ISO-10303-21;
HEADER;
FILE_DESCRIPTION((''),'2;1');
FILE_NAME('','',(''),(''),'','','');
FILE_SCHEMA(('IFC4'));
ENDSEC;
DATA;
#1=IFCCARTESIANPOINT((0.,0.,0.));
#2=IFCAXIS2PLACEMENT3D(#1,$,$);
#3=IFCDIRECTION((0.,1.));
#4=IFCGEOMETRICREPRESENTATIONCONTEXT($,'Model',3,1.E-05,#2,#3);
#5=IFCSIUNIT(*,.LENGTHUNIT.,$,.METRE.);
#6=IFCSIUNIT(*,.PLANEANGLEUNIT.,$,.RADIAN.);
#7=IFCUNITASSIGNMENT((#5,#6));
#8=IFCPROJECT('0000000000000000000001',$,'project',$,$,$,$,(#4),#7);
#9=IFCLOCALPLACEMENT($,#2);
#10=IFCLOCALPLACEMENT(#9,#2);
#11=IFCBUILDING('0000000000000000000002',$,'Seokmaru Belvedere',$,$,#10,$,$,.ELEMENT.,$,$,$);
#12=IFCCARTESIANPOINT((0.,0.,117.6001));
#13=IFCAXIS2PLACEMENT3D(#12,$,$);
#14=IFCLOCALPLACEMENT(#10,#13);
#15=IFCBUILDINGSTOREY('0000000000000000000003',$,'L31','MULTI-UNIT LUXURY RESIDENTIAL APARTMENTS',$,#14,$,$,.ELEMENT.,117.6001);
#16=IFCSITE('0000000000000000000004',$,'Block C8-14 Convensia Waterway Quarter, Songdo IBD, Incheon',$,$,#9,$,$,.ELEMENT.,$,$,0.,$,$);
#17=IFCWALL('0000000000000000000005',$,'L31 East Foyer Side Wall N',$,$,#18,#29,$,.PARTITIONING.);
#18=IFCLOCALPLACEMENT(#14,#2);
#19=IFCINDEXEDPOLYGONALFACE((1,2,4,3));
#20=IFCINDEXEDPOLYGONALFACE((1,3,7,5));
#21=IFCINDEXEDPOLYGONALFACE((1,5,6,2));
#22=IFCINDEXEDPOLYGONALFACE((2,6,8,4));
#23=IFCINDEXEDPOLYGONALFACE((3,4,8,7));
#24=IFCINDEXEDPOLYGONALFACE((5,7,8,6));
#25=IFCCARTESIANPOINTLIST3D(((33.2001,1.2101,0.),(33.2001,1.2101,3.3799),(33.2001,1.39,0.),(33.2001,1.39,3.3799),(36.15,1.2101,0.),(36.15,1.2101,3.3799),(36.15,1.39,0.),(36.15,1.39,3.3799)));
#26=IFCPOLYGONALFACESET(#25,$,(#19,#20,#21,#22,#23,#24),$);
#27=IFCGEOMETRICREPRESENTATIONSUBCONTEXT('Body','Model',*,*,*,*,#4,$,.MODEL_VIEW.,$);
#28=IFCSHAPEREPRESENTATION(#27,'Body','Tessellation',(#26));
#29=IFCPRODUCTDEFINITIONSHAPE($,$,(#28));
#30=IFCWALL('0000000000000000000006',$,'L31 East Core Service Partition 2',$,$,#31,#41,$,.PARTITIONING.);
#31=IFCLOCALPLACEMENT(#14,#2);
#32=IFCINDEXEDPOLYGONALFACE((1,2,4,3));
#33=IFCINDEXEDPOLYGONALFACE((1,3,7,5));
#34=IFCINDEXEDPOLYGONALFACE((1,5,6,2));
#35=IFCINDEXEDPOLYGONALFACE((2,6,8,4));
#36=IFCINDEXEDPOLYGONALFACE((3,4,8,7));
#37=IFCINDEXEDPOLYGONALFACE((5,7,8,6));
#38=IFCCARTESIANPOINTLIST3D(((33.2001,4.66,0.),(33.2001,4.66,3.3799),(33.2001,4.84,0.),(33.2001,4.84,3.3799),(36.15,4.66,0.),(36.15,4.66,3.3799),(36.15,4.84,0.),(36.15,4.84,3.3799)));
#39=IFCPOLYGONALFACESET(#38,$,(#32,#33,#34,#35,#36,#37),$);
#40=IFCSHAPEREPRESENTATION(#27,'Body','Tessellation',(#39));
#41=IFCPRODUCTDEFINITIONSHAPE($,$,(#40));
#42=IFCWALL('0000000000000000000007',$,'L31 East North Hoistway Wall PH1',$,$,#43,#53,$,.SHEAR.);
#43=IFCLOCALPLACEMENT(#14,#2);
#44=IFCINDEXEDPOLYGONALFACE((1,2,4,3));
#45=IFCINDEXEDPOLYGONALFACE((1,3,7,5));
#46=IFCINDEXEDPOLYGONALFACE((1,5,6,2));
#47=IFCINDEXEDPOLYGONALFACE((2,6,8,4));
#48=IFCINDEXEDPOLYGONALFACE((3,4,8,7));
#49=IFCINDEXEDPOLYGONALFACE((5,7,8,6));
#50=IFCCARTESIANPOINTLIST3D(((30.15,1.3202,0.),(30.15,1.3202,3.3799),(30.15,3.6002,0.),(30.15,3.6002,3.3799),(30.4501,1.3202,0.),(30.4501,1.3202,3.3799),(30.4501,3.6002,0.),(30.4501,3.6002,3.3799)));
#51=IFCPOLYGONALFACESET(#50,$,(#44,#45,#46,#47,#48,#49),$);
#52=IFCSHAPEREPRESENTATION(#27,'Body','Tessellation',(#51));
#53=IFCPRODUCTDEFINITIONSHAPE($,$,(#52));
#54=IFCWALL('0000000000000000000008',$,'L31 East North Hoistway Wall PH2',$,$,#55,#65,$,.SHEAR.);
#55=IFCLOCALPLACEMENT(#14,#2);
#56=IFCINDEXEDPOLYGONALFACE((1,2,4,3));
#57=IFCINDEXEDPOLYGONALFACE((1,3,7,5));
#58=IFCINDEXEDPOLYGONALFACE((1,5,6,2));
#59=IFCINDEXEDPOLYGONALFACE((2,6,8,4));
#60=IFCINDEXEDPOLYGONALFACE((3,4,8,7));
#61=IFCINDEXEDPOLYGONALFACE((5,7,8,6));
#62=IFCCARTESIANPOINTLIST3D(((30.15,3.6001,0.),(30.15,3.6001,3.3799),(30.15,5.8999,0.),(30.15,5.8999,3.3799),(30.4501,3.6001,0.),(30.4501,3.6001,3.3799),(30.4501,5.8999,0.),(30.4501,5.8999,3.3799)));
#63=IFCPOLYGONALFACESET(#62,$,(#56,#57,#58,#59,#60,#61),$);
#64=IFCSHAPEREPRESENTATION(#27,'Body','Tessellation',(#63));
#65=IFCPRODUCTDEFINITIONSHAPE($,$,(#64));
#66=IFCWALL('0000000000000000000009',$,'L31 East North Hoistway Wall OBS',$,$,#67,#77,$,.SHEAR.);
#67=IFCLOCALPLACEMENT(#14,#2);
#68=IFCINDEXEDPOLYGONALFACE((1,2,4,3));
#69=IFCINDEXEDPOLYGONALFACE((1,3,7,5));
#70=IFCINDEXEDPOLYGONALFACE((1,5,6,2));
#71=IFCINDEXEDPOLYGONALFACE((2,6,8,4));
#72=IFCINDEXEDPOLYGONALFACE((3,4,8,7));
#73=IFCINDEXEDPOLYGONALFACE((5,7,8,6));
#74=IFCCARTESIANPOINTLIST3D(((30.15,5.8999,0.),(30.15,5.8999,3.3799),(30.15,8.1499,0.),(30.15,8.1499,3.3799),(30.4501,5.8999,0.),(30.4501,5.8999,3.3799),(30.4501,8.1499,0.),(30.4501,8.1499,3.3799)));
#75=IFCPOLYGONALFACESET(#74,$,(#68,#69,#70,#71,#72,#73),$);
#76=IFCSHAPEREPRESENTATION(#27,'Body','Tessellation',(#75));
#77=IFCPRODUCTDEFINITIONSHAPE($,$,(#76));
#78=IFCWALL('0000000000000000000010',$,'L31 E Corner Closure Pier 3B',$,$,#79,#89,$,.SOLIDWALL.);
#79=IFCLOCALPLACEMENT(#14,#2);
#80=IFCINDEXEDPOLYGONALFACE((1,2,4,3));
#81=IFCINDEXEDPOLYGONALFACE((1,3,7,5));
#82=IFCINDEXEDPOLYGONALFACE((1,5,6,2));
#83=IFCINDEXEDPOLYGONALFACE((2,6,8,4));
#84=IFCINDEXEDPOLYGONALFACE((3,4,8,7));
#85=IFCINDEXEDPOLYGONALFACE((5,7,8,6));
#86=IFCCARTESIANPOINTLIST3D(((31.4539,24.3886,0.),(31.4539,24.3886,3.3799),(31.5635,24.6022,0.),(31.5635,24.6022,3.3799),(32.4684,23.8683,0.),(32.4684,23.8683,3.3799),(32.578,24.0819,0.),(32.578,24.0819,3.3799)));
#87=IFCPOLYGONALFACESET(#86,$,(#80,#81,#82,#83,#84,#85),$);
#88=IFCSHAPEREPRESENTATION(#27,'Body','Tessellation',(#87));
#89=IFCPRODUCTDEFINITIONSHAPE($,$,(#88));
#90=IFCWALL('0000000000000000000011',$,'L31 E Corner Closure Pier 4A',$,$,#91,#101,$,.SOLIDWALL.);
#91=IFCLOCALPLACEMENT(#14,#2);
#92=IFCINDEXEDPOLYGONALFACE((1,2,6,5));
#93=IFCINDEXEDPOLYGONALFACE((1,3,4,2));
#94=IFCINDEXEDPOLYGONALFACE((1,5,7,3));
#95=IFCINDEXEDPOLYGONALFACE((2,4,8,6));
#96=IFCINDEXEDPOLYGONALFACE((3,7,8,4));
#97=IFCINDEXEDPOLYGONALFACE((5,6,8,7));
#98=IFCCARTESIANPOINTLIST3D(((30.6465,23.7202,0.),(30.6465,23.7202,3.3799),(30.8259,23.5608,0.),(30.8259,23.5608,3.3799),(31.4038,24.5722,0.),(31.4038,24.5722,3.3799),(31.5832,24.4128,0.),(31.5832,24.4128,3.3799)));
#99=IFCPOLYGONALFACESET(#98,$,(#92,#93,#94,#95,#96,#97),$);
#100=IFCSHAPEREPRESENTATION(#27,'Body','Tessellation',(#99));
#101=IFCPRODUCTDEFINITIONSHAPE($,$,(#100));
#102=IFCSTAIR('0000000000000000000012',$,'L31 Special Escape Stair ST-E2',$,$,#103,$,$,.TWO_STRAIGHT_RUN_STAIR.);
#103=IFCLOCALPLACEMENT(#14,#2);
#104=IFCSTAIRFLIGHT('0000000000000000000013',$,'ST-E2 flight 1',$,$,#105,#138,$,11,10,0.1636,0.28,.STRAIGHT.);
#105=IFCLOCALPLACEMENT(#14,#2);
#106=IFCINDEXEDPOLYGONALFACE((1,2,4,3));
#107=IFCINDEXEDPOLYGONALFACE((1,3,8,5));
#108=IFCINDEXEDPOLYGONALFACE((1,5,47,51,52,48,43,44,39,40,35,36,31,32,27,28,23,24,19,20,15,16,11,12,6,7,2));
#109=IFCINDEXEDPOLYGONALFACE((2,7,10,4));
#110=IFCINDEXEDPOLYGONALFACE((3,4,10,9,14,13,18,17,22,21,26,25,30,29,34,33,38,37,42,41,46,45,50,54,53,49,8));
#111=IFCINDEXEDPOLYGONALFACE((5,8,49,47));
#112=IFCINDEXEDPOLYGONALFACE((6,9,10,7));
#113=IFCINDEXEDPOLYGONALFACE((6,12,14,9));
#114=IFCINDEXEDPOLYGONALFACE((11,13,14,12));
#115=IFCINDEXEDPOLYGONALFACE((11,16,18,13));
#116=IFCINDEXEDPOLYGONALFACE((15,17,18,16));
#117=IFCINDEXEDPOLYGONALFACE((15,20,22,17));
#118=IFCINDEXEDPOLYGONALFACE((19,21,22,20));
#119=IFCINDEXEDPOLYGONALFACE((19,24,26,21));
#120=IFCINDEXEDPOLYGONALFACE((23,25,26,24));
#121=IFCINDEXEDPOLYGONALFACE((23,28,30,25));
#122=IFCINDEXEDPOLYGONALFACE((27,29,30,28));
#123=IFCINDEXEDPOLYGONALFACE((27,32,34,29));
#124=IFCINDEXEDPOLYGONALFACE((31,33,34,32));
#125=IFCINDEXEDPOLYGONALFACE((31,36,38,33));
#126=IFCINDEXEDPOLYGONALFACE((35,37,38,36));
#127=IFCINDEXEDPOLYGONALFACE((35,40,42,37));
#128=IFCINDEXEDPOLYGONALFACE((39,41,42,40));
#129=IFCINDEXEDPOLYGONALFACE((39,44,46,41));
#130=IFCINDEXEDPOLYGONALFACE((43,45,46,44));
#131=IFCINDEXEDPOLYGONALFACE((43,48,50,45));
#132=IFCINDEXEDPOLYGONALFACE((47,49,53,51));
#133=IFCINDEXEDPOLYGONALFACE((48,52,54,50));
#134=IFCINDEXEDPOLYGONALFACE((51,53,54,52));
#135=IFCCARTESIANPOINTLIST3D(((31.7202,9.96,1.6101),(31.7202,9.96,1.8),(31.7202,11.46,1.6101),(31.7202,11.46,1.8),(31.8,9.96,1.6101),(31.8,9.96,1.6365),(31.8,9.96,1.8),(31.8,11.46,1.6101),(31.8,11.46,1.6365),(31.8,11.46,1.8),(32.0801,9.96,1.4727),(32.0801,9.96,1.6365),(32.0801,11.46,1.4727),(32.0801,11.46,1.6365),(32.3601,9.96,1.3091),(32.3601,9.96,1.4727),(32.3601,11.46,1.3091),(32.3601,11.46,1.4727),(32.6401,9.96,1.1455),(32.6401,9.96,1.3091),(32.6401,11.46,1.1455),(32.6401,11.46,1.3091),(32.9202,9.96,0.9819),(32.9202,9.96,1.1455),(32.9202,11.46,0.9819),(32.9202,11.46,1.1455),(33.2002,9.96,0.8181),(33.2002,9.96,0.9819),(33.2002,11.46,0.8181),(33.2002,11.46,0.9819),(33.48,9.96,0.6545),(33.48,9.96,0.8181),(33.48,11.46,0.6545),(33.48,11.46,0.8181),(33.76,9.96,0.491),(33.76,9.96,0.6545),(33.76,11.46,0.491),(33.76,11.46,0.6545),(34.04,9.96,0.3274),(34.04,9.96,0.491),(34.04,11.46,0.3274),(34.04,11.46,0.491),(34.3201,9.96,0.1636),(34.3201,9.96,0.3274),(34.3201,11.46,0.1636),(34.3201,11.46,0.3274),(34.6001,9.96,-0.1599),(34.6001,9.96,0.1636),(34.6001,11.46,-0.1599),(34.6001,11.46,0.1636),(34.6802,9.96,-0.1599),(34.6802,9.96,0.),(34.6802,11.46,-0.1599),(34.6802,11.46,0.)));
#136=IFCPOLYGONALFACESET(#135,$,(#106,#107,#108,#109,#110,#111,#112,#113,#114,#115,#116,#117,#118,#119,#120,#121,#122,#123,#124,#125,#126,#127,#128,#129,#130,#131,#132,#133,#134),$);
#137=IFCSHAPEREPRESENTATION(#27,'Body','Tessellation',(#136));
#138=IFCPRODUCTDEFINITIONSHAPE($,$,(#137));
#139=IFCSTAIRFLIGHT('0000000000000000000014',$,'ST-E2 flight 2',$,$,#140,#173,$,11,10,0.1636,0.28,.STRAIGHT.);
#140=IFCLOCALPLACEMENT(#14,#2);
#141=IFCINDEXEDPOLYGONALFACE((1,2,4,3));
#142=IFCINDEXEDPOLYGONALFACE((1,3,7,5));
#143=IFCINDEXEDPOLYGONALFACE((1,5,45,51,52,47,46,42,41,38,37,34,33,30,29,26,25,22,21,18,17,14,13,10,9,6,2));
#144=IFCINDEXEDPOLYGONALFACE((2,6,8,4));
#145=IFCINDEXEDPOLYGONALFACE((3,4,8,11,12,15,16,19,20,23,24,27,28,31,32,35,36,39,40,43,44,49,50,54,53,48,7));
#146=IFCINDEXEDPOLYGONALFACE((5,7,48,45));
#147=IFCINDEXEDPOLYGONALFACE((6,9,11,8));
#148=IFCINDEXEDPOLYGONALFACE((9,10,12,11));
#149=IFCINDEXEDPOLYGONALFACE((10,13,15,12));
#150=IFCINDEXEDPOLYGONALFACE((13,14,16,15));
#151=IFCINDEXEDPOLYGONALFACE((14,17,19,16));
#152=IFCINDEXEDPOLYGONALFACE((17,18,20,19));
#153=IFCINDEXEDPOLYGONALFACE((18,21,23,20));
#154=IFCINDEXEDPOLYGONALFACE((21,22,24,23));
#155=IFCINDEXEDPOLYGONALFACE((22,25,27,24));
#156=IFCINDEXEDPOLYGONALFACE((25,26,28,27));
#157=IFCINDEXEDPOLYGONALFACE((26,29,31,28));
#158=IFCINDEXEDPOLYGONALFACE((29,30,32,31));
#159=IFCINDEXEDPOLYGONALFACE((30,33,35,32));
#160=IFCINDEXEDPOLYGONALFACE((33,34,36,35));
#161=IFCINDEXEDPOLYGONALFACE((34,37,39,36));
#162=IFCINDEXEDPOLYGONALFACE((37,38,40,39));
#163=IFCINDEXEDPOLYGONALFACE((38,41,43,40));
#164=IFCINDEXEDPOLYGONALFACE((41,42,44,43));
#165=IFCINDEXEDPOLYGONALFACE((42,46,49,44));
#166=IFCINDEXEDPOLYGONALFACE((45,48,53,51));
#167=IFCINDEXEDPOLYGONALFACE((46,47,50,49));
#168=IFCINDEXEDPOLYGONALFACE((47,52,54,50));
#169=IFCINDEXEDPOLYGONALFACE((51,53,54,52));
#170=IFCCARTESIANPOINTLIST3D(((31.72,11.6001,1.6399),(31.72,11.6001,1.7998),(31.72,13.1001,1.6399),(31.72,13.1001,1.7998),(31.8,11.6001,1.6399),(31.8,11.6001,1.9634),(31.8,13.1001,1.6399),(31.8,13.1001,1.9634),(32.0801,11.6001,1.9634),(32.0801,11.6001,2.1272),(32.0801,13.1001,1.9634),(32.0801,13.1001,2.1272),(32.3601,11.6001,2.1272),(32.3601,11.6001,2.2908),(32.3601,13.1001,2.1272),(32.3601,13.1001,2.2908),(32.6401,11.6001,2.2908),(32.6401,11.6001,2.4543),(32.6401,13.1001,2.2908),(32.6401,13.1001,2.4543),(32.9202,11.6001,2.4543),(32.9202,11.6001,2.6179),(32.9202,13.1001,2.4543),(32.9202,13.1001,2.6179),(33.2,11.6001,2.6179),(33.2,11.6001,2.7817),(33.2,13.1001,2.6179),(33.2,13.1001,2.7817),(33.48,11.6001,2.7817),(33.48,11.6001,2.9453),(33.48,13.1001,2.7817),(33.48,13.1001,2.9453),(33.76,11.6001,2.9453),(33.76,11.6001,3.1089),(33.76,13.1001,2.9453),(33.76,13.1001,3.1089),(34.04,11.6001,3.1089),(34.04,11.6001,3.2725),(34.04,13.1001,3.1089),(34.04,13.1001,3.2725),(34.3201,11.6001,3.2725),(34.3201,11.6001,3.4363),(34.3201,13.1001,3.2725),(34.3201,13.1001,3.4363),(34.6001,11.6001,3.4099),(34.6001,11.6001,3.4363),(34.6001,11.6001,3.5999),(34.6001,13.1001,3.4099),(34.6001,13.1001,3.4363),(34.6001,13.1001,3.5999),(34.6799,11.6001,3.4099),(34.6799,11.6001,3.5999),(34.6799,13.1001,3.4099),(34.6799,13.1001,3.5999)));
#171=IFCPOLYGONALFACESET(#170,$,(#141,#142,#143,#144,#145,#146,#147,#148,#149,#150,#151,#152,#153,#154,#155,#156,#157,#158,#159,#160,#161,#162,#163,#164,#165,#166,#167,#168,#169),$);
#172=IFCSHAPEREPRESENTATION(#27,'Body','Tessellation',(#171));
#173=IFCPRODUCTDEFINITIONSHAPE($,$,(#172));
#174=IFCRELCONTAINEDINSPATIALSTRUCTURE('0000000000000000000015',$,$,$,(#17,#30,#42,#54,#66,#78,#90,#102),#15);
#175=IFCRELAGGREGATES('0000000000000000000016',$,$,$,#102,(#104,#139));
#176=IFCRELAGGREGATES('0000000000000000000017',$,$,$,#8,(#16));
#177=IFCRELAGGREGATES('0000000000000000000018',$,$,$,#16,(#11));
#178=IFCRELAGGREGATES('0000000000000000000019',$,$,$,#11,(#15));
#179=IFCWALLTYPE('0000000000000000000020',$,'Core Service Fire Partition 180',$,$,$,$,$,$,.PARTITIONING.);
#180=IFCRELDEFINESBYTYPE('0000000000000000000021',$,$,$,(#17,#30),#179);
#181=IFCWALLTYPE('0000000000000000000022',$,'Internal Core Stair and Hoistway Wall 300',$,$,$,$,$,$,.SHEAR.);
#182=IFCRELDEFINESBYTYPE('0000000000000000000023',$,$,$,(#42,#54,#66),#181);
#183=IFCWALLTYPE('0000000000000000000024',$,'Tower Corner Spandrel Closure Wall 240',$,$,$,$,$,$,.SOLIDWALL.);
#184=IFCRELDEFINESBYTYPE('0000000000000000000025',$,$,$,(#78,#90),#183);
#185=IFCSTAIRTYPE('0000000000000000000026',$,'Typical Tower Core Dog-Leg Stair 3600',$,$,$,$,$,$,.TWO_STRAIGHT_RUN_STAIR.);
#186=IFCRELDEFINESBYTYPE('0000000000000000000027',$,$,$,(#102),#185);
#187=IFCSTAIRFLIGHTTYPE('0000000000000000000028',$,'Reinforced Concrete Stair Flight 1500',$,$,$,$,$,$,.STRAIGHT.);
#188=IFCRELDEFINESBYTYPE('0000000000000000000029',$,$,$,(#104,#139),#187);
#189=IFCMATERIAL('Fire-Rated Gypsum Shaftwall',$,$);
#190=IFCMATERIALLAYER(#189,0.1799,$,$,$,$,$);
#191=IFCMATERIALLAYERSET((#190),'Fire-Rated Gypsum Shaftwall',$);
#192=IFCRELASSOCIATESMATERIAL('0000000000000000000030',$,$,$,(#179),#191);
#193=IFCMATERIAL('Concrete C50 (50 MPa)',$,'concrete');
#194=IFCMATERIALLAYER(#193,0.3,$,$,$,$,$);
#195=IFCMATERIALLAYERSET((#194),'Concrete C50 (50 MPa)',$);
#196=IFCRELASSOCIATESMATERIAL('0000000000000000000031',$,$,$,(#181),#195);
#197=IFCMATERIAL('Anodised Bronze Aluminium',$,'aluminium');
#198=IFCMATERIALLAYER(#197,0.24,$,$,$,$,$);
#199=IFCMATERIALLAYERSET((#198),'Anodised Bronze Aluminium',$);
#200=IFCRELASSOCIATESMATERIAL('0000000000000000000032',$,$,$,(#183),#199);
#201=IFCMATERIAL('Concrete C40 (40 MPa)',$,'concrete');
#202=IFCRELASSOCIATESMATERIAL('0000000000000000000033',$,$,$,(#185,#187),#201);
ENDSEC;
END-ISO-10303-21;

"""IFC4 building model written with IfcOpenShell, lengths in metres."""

from ifc_helpers import new_model, si_unit, direction, frame, frame_2d, origin, place, context, subcontext, project, spatial, polyline, rectangle, outline, extrude, material, layer, layer_set, type_object, element, aggregate, save


model = new_model("IFC4")

# Units and contexts
model_context = context("Model", 3, precision=1e-05, world=origin(), true_north=direction((0.0, 1.0)))
body_context = subcontext(model_context, "Body", "Model", "MODEL_VIEW")
ifc_project = project(units=[si_unit("LENGTHUNIT", "METRE"), si_unit("PLANEANGLEUNIT", "RADIAN")], contexts=[model_context])

# Site, building, storey
site_placement = place(None, origin())
site = spatial("IfcSite", under=ifc_project, at=site_placement, Name="Block C8-14 Convensia Waterway Quarter, Songdo IBD, Incheon", CompositionType="ELEMENT", RefElevation=0.0)
building_placement = place(site_placement, origin())
building = spatial("IfcBuilding", under=site, at=building_placement, Name="Seokmaru Belvedere", CompositionType="ELEMENT")
storey_placement = place(building_placement, frame((0.0, 0.0, 117.6001)))
storey = spatial("IfcBuildingStorey", under=building, at=storey_placement, Name="L31", Description="MULTI-UNIT LUXURY RESIDENTIAL APARTMENTS", CompositionType="ELEMENT", Elevation=117.6001)

# Shared definitions
ifc_material_1 = material(Name="Anodised Bronze Aluminium", Category="aluminium")

# Shared definitions
ifc_material_2 = material(Name="Fire-Rated Gypsum Shaftwall")
ifc_layer_1 = layer(ifc_material_2, 0.1799)
ifc_layer_set_1 = layer_set([ifc_layer_1], Name="Fire-Rated Gypsum Shaftwall")
wall_type_1 = type_object("IfcWallType", Name="Core Service Fire Partition 180", PredefinedType="PARTITIONING", material=ifc_layer_set_1)

# Walls
for number, where, z_axis, x_axis, name in (
    (1, (33.2, 1.3, 0.0), (0.0, 0.0, 1.0), (1.0, 0.0, 0.0), "L31 East Foyer Side Wall N"),
    (2, (33.2, 4.75, 0.0), (0.0, 0.0, 1.0), (1.0, 0.0, 0.0), "L31 East Core Service Partition 2"),
):
    element("IfcWall", number, at=place(storey_placement, frame(where, z_axis=z_axis, x_axis=x_axis)), inside=storey, type_object=wall_type_1, Name=name, PredefinedType="PARTITIONING", context=body_context, shape_type="SweptSolid", body=[
        extrude(rectangle(XDim=2.95, YDim=0.1799, at=frame_2d((1.4751, 0.0))), origin(), (0.0, 0.0, 1.0), 3.3799),
    ])
ifc_material_3 = material(Name="Concrete C50 (50 MPa)", Category="concrete")
ifc_layer_2 = layer(ifc_material_3, 0.3)
ifc_layer_set_2 = layer_set([ifc_layer_2], Name="Concrete C50 (50 MPa)")
wall_type_2 = type_object("IfcWallType", Name="Internal Core Stair and Hoistway Wall 300", PredefinedType="SHEAR", material=ifc_layer_set_2)
wall_1_placement = place(storey_placement, frame((30.3, 1.3201, 0.0), z_axis=(0.0, 0.0, 1.0), x_axis=(0.0, 1.0, 0.0)))
element("IfcWall", 3, at=wall_1_placement, inside=storey, type_object=wall_type_2, Name="L31 East North Hoistway Wall PH1", PredefinedType="SHEAR", context=body_context, shape_type="SweptSolid", body=[
    extrude(rectangle(XDim=2.28, YDim=0.3, at=frame_2d((1.1401, 0.0))), origin(), (0.0, 0.0, 1.0), 3.3799),
])
wall_2_placement = place(storey_placement, frame((30.3, 3.6001, 0.0), z_axis=(0.0, 0.0, 1.0), x_axis=(0.0, 1.0, 0.0)))
element("IfcWall", 4, at=wall_2_placement, inside=storey, type_object=wall_type_2, Name="L31 East North Hoistway Wall PH2", PredefinedType="SHEAR", context=body_context, shape_type="SweptSolid", body=[
    extrude(rectangle(XDim=2.2998, YDim=0.3, at=frame_2d((1.1499, 0.0))), origin(), (0.0, 0.0, 1.0), 3.3799),
])
wall_3_placement = place(storey_placement, frame((30.3, 5.8999, 0.0), z_axis=(0.0, 0.0, 1.0), x_axis=(0.0, 1.0, 0.0)))
element("IfcWall", 5, at=wall_3_placement, inside=storey, type_object=wall_type_2, Name="L31 East North Hoistway Wall OBS", PredefinedType="SHEAR", context=body_context, shape_type="SweptSolid", body=[
    extrude(rectangle(XDim=2.25, YDim=0.3, at=frame_2d((1.125, 0.0))), origin(), (0.0, 0.0, 1.0), 3.3799),
])

# Walls
ifc_layer_3 = layer(ifc_material_1, 0.24)
ifc_layer_set_3 = layer_set([ifc_layer_3], Name="Anodised Bronze Aluminium")
wall_type_3 = type_object("IfcWallType", Name="Tower Corner Spandrel Closure Wall 240", PredefinedType="SOLIDWALL", material=ifc_layer_set_3)
wall_4_placement = place(storey_placement, frame((32.5232, 23.9751, 0.0), z_axis=(0.0, 0.0, 1.0), x_axis=(-0.889797, 0.456356, 0.0)))
element("IfcWall", 6, at=wall_4_placement, inside=storey, type_object=wall_type_3, Name="L31 E Corner Closure Pier 3B", PredefinedType="SOLIDWALL", context=body_context, shape_type="SweptSolid", body=[
    extrude(rectangle(XDim=1.1401, YDim=0.24, at=frame_2d((0.5701, 0.0))), origin(), (0.0, 0.0, 1.0), 3.3799),
])
wall_5_placement = place(storey_placement, frame((31.4934, 24.4924, 0.0), z_axis=(0.0, 0.0, 1.0), x_axis=(-0.664337, -0.747433, 0.0)))
element("IfcWall", 7, at=wall_5_placement, inside=storey, type_object=wall_type_3, Name="L31 E Corner Closure Pier 4A", PredefinedType="SOLIDWALL", context=body_context, shape_type="SweptSolid", body=[
    extrude(rectangle(XDim=1.1399, YDim=0.24, at=frame_2d((0.5698, 0.0))), origin(), (0.0, 0.0, 1.0), 3.3799),
])

# Stair, stair flights
ifc_material_4 = material(Name="Concrete C40 (40 MPa)", Category="concrete")
stair_type = type_object("IfcStairType", Name="Typical Tower Core Dog-Leg Stair 3600", PredefinedType="TWO_STRAIGHT_RUN_STAIR", material=ifc_material_4)
stair_placement = place(storey_placement, origin())
stair = element("IfcStair", 8, at=stair_placement, inside=storey, type_object=stair_type, Name="L31 Special Escape Stair ST-E2", PredefinedType="TWO_STRAIGHT_RUN_STAIR")
stair_flight_type = type_object("IfcStairFlightType", Name="Reinforced Concrete Stair Flight 1500", PredefinedType="STRAIGHT", material=ifc_material_4)
stair_flight_1_placement = place(storey_placement, frame((34.6001, 10.71, 0.0), z_axis=(0.0, 0.0, 1.0), x_axis=(-1.0, 0.0, 0.0)))
stair_flight_1 = element("IfcStairFlight", 9, at=stair_flight_1_placement, type_object=stair_flight_type, Name="ST-E2 flight 1", NumberOfRisers=11, NumberOfTreads=10, PredefinedType="STRAIGHT", RiserHeight=0.1636, TreadLength=0.28, context=body_context, shape_type="SweptSolid", body=[
    extrude(outline(polyline([(-0.0801, 0.0), (0.0, 0.1636), (0.28, 0.1636), (0.28, 0.3274), (0.5601, 0.3274), (0.5601, 0.491), (0.8401, 0.491), (0.8401, 0.6545), (1.1201, 0.6545), (1.1201, 0.8181), (1.3999, 0.8181), (1.3999, 0.9819), (1.6799, 0.9819), (1.6799, 1.1455), (1.96, 1.1455), (1.96, 1.3091), (2.24, 1.3091), (2.24, 1.4727), (2.52, 1.4727), (2.52, 1.6365), (2.8, 1.6365), (2.8, 1.8), (2.8799, 1.8), (2.8799, 1.6101), (2.8, 1.6101), (0.0, -0.1599), (-0.0801, -0.1599), (-0.0801, 0.0)])), frame((0.0, 0.75, 0.0), z_axis=(0.0, -1.0, 0.0), x_axis=(1.0, 0.0, 0.0)), (0.0, 0.0, 1.0), 1.5),
])
stair_flight_2_placement = place(storey_placement, frame((31.8, 12.3501, 1.7998), z_axis=(0.0, 0.0, 1.0), x_axis=(1.0, 0.0, 0.0)))
stair_flight_2 = element("IfcStairFlight", 10, at=stair_flight_2_placement, type_object=stair_flight_type, Name="ST-E2 flight 2", NumberOfRisers=11, NumberOfTreads=10, PredefinedType="STRAIGHT", RiserHeight=0.1636, TreadLength=0.28, context=body_context, shape_type="SweptSolid", body=[
    extrude(outline(polyline([(-0.0801, 0.0), (0.0, 0.1636), (0.28, 0.1636), (0.28, 0.3274), (0.5601, 0.3274), (0.5601, 0.491), (0.8401, 0.491), (0.8401, 0.6545), (1.1201, 0.6545), (1.1201, 0.8181), (1.3999, 0.8181), (1.3999, 0.9819), (1.6799, 0.9819), (1.6799, 1.1455), (1.96, 1.1455), (1.96, 1.3091), (2.24, 1.3091), (2.24, 1.4727), (2.52, 1.4727), (2.52, 1.6365), (2.8, 1.6365), (2.8, 1.8), (2.8799, 1.8), (2.8799, 1.6101), (2.8, 1.6101), (0.0, -0.1599), (-0.0801, -0.1599), (-0.0801, 0.0)])), frame((0.0, 0.75, 0.0), z_axis=(0.0, -1.0, 0.0), x_axis=(1.0, 0.0, 0.0)), (0.0, 0.0, 1.0), 1.5),
])
aggregate(stair, [stair_flight_1, stair_flight_2])

save(model, "model.ifc")
